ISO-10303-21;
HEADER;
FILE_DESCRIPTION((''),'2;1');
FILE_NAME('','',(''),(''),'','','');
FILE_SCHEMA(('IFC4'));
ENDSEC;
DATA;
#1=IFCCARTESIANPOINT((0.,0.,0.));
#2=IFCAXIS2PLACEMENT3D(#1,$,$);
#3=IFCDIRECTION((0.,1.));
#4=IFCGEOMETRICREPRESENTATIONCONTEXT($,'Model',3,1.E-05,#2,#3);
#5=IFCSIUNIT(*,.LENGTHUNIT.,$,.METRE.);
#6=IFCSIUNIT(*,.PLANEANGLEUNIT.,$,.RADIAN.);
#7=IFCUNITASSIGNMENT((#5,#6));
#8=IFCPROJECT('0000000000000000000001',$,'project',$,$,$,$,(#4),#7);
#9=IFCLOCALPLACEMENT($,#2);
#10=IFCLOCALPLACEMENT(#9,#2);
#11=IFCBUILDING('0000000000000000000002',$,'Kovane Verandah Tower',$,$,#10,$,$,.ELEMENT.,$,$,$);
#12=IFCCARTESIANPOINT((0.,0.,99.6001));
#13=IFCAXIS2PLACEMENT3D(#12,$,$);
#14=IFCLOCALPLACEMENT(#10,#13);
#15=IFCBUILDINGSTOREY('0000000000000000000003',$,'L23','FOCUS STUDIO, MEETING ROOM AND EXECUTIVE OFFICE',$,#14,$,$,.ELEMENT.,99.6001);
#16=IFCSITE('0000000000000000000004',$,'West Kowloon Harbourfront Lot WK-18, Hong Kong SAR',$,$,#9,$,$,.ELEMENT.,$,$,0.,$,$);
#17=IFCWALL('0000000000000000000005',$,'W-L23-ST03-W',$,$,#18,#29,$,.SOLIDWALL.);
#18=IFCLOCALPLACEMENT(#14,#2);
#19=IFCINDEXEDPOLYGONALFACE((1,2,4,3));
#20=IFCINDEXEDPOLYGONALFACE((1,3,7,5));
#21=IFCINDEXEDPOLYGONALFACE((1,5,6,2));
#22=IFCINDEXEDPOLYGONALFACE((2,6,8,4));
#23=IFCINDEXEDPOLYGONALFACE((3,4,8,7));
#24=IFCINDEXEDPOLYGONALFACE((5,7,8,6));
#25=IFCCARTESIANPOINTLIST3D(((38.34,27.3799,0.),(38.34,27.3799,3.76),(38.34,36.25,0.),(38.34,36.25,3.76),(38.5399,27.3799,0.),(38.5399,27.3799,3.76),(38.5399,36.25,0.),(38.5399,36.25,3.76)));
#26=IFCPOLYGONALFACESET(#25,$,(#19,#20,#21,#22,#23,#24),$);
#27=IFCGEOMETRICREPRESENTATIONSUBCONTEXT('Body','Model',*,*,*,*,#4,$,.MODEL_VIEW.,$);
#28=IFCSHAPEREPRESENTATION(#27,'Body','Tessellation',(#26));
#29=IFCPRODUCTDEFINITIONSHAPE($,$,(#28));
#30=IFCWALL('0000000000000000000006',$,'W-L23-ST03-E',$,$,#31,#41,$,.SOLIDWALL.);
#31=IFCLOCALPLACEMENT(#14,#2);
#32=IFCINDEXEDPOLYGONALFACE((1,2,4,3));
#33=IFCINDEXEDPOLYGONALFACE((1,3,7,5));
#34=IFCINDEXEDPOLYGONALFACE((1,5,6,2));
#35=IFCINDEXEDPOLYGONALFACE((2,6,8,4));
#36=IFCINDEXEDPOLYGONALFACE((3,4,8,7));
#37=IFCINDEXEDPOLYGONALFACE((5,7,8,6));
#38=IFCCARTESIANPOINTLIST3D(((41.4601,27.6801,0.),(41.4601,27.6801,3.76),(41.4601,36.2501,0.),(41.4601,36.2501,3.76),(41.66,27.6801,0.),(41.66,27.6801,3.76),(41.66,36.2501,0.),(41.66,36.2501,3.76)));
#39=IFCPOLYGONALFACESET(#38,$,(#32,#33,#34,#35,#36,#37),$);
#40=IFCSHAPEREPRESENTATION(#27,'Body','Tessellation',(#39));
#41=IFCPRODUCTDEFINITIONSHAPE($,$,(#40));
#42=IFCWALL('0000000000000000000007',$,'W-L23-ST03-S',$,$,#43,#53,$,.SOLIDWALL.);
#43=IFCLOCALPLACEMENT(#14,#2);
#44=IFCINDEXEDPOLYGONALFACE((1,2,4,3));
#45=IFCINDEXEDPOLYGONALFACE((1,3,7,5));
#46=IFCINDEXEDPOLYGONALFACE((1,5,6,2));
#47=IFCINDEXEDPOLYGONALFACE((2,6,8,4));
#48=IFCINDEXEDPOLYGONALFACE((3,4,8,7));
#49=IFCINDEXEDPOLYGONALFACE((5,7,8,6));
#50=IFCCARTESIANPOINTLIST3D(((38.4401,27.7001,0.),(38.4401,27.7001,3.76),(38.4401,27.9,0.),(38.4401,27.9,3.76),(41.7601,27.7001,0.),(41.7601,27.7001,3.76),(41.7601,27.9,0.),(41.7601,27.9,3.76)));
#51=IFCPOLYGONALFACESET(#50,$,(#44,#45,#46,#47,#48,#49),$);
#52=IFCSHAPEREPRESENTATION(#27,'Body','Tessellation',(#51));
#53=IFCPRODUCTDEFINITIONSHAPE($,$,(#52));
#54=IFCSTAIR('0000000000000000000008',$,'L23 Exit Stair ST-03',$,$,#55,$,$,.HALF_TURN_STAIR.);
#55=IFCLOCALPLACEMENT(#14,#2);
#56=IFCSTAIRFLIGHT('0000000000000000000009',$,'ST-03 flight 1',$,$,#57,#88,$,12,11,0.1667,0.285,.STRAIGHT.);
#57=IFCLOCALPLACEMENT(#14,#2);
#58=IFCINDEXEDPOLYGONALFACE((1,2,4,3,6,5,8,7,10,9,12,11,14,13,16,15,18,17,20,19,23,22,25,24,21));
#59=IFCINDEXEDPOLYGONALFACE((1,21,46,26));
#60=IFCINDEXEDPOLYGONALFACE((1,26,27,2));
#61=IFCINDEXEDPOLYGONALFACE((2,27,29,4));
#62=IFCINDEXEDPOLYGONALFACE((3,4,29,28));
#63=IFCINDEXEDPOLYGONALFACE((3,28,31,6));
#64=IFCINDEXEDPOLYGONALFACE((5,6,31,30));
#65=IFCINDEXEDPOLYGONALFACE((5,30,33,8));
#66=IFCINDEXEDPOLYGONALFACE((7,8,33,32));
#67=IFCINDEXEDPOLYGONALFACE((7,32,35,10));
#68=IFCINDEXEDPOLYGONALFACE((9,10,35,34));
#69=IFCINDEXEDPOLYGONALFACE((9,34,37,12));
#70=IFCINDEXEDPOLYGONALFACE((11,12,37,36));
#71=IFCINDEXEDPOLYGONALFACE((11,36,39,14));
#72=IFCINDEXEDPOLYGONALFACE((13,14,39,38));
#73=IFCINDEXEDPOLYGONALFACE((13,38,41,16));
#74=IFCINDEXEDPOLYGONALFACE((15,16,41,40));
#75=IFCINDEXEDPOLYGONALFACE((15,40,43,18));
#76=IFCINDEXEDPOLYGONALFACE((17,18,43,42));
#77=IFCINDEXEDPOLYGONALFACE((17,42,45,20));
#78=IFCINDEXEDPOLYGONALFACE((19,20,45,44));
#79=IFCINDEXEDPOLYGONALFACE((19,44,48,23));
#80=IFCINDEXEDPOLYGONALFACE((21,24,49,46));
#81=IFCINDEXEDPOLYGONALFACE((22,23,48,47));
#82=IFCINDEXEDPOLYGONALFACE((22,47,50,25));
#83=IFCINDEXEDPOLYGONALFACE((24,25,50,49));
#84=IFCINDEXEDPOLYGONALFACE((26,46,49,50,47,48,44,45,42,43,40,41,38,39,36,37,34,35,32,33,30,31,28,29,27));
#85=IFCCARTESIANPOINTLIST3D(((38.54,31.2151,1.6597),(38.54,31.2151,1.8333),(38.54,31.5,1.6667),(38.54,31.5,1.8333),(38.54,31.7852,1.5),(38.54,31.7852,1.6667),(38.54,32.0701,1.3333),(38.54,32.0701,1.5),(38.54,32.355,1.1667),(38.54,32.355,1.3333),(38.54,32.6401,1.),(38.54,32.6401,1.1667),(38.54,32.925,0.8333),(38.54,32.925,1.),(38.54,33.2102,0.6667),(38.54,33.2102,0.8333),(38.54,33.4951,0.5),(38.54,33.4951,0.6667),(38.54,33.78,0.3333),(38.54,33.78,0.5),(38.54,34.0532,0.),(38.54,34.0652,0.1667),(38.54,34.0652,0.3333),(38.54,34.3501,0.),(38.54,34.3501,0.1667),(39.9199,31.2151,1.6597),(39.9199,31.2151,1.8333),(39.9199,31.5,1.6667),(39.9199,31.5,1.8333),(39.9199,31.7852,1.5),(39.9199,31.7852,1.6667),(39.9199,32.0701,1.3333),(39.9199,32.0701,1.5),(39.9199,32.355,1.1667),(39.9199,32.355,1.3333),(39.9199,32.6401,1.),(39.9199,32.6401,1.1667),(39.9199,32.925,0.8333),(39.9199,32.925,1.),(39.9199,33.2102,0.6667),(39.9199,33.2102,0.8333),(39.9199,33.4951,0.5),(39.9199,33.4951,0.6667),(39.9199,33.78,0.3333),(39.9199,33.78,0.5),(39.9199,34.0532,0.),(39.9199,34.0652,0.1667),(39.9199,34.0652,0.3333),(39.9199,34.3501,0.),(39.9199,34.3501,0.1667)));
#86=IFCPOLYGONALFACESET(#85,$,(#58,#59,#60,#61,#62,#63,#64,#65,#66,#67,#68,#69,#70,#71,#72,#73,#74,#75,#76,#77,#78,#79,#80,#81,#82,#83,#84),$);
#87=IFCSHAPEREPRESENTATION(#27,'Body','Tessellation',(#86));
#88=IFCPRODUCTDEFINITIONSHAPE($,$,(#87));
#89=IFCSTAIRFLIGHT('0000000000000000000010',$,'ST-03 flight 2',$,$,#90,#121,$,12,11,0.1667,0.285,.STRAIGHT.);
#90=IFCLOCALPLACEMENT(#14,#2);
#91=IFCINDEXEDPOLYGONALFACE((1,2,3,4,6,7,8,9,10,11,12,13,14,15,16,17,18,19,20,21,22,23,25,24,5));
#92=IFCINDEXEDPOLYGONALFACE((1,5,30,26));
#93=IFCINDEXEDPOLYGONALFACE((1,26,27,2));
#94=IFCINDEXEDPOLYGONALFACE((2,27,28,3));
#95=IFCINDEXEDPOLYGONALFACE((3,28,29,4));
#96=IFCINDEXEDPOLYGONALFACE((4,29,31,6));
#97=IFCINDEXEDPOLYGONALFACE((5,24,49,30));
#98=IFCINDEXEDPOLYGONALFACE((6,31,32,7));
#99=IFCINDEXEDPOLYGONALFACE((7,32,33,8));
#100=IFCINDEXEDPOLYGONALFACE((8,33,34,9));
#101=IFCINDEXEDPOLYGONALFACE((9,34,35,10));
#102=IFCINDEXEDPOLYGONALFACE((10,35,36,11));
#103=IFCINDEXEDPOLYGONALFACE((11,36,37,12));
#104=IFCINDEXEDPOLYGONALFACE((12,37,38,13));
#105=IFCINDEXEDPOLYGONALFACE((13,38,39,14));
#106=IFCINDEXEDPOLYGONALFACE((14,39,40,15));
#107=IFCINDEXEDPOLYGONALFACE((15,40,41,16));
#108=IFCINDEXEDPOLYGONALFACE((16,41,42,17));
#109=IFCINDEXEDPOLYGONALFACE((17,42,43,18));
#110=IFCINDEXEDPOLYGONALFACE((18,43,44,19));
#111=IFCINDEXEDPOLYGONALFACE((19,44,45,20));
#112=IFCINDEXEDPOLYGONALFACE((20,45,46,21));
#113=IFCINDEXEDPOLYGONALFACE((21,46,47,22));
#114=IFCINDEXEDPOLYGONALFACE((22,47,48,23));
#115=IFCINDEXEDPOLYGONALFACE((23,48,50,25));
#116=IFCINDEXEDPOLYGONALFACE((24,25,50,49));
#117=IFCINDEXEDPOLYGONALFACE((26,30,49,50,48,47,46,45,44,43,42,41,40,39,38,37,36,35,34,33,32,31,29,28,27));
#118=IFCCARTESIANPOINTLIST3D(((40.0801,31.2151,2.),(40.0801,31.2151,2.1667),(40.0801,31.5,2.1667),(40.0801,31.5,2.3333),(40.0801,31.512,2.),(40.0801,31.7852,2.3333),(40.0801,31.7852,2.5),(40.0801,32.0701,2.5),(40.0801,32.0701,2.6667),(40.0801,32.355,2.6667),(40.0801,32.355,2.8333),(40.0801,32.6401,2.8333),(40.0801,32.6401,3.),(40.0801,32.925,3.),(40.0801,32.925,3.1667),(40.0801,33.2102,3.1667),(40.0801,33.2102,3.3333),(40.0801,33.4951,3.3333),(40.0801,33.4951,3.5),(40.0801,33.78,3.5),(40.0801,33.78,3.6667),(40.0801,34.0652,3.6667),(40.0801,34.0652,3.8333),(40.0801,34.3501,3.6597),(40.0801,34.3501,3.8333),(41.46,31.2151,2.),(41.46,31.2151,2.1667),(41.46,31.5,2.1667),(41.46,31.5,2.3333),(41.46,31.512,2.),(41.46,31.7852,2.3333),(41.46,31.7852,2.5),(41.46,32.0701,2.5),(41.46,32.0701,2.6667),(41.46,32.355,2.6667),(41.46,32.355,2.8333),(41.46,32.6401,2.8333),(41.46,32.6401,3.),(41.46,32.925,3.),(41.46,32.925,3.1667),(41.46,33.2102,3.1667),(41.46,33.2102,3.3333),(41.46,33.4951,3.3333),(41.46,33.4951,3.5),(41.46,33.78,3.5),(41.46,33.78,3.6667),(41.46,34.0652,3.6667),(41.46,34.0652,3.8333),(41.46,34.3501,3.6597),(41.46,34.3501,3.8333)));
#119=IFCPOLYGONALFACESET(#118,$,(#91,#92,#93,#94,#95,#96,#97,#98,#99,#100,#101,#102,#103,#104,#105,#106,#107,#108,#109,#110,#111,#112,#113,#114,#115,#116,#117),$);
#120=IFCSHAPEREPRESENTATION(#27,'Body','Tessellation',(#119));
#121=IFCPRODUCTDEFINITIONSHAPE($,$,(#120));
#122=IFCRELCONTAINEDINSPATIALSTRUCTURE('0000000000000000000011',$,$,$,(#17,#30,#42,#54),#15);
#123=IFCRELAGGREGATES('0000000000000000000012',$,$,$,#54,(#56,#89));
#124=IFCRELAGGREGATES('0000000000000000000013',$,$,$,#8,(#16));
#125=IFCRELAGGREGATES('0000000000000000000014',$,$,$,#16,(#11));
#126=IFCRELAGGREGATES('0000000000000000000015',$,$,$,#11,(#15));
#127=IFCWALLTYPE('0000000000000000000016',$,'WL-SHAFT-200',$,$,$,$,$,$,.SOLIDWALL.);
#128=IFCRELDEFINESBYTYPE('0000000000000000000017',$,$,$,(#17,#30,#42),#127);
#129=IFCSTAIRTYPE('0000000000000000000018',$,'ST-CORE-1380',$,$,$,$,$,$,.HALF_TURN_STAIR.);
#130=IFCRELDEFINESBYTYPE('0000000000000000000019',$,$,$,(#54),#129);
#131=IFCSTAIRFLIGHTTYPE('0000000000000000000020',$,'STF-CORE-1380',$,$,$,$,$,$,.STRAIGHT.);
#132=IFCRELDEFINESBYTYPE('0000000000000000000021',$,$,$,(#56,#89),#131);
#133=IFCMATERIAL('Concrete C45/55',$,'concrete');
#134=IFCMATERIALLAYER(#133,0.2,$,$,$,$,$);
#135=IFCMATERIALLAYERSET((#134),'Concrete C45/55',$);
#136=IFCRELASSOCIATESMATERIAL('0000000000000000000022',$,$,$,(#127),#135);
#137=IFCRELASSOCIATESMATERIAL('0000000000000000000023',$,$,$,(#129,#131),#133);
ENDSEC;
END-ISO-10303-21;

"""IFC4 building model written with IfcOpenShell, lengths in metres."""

from ifc_helpers import new_model, si_unit, direction, frame, frame_2d, origin, place, context, subcontext, project, spatial, polyline, rectangle, outline, extrude, material, layer, layer_set, type_object, element, aggregate, save


model = new_model("IFC4")

# Units and contexts
model_context = context("Model", 3, precision=1e-05, world=origin(), true_north=direction((0.0, 1.0)))
body_context = subcontext(model_context, "Body", "Model", "MODEL_VIEW")
ifc_project = project(units=[si_unit("LENGTHUNIT", "METRE"), si_unit("PLANEANGLEUNIT", "RADIAN")], contexts=[model_context])

# Site, building, storey
site_placement = place(None, origin())
site = spatial("IfcSite", under=ifc_project, at=site_placement, Name="West Kowloon Harbourfront Lot WK-18, Hong Kong SAR", CompositionType="ELEMENT", RefElevation=0.0)
building_placement = place(site_placement, origin())
building = spatial("IfcBuilding", under=site, at=building_placement, Name="Kovane Verandah Tower", CompositionType="ELEMENT")
storey_placement = place(building_placement, frame((0.0, 0.0, 99.6001)))
storey = spatial("IfcBuildingStorey", under=building, at=storey_placement, Name="L23", Description="FOCUS STUDIO, MEETING ROOM AND EXECUTIVE OFFICE", CompositionType="ELEMENT", Elevation=99.6001)

# Shared definitions
ifc_material_1 = material(Name="Concrete C45/55", Category="concrete")
ifc_layer_1 = layer(ifc_material_1, 0.2)
ifc_layer_set_1 = layer_set([ifc_layer_1], Name="Concrete C45/55")
wall_type_1 = type_object("IfcWallType", Name="WL-SHAFT-200", PredefinedType="SOLIDWALL", material=ifc_layer_set_1)

# Walls
wall_1_placement = place(storey_placement, frame((38.4399, 27.3799, 0.0), z_axis=(0.0, 0.0, 1.0), x_axis=(0.0, 1.0, 0.0)))
element("IfcWall", 1, at=wall_1_placement, inside=storey, type_object=wall_type_1, Name="W-L23-ST03-W", PredefinedType="SOLIDWALL", context=body_context, shape_type="SweptSolid", body=[
    extrude(rectangle(XDim=8.8701, YDim=0.2, at=frame_2d((4.4351, 0.0))), origin(), (0.0, 0.0, 1.0), 3.76),
])
wall_2_placement = place(storey_placement, frame((41.5601, 27.6799, 0.0), z_axis=(0.0, 0.0, 1.0), x_axis=(0.0, 1.0, 0.0)))
element("IfcWall", 2, at=wall_2_placement, inside=storey, type_object=wall_type_1, Name="W-L23-ST03-E", PredefinedType="SOLIDWALL", context=body_context, shape_type="SweptSolid", body=[
    extrude(rectangle(XDim=8.5701, YDim=0.2, at=frame_2d((4.2852, 0.0))), origin(), (0.0, 0.0, 1.0), 3.76),
])
wall_3_placement = place(storey_placement, frame((38.4399, 27.8, 0.0), z_axis=(0.0, 0.0, 1.0), x_axis=(1.0, 0.0, 0.0)))
element("IfcWall", 3, at=wall_3_placement, inside=storey, type_object=wall_type_1, Name="W-L23-ST03-S", PredefinedType="SOLIDWALL", context=body_context, shape_type="SweptSolid", body=[
    extrude(rectangle(XDim=3.3201, YDim=0.2, at=frame_2d((1.6602, 0.0))), origin(), (0.0, 0.0, 1.0), 3.76),
])

# Stair, stair flights
stair_type = type_object("IfcStairType", Name="ST-CORE-1380", PredefinedType="HALF_TURN_STAIR", material=ifc_material_1)
stair_placement = place(storey_placement, origin())
stair = element("IfcStair", 4, at=stair_placement, inside=storey, type_object=stair_type, Name="L23 Exit Stair ST-03", PredefinedType="HALF_TURN_STAIR")
stair_flight_type = type_object("IfcStairFlightType", Name="STF-CORE-1380", PredefinedType="STRAIGHT", material=ifc_material_1)
stair_flight_1_placement = place(storey_placement, frame((39.23, 34.3501, 0.0), z_axis=(0.0, 0.0, 1.0), x_axis=(0.0, -1.0, 0.0)))
stair_flight_1 = element("IfcStairFlight", 5, at=stair_flight_1_placement, type_object=stair_flight_type, Name="ST-03 flight 1", NumberOfRisers=12, NumberOfTreads=11, PredefinedType="STRAIGHT", RiserHeight=0.1667, TreadLength=0.285, context=body_context, shape_type="SweptSolid", body=[
    extrude(outline(polyline([(0.0, 0.0), (0.0, 0.1667), (0.2849, 0.1667), (0.2849, 0.3333), (0.5701, 0.3333), (0.5701, 0.5), (0.855, 0.5), (0.855, 0.6667), (1.1399, 0.6667), (1.1399, 0.8333), (1.425, 0.8333), (1.425, 1.0), (1.71, 1.0), (1.71, 1.1667), (1.9951, 1.1667), (1.9951, 1.3333), (2.28, 1.3333), (2.28, 1.5), (2.5649, 1.5), (2.5649, 1.6667), (2.8501, 1.6667), (2.8501, 1.8333), (3.135, 1.8333), (3.135, 2.0), (3.135, 1.6597), (0.2969, 0.0), (0.0, 0.0)])), frame((0.0, 0.6899, 0.0), z_axis=(0.0, -1.0, 0.0), x_axis=(1.0, 0.0, 0.0)), (0.0, 0.0, 1.0), 1.3799),
])
stair_flight_2_placement = place(storey_placement, frame((40.77, 31.2151, 2.0), z_axis=(0.0, 0.0, 1.0), x_axis=(0.0, 1.0, 0.0)))
stair_flight_2 = element("IfcStairFlight", 6, at=stair_flight_2_placement, type_object=stair_flight_type, Name="ST-03 flight 2", NumberOfRisers=12, NumberOfTreads=11, PredefinedType="STRAIGHT", RiserHeight=0.1667, TreadLength=0.285, context=body_context, shape_type="SweptSolid", body=[
    extrude(outline(polyline([(0.0, 0.0), (0.0, 0.1667), (0.2849, 0.1667), (0.2849, 0.3333), (0.5701, 0.3333), (0.5701, 0.5), (0.855, 0.5), (0.855, 0.6667), (1.1399, 0.6667), (1.1399, 0.8333), (1.425, 0.8333), (1.425, 1.0), (1.71, 1.0), (1.71, 1.1667), (1.9951, 1.1667), (1.9951, 1.3333), (2.28, 1.3333), (2.28, 1.5), (2.5649, 1.5), (2.5649, 1.6667), (2.8501, 1.6667), (2.8501, 1.8333), (3.135, 1.8333), (3.135, 2.0), (3.135, 1.6597), (0.2969, 0.0), (0.0, 0.0)])), frame((0.0, 0.6899, 0.0), z_axis=(0.0, -1.0, 0.0), x_axis=(1.0, 0.0, 0.0)), (0.0, 0.0, 1.0), 1.3799),
])
aggregate(stair, [stair_flight_1, stair_flight_2])

save(model, "model.ifc")
